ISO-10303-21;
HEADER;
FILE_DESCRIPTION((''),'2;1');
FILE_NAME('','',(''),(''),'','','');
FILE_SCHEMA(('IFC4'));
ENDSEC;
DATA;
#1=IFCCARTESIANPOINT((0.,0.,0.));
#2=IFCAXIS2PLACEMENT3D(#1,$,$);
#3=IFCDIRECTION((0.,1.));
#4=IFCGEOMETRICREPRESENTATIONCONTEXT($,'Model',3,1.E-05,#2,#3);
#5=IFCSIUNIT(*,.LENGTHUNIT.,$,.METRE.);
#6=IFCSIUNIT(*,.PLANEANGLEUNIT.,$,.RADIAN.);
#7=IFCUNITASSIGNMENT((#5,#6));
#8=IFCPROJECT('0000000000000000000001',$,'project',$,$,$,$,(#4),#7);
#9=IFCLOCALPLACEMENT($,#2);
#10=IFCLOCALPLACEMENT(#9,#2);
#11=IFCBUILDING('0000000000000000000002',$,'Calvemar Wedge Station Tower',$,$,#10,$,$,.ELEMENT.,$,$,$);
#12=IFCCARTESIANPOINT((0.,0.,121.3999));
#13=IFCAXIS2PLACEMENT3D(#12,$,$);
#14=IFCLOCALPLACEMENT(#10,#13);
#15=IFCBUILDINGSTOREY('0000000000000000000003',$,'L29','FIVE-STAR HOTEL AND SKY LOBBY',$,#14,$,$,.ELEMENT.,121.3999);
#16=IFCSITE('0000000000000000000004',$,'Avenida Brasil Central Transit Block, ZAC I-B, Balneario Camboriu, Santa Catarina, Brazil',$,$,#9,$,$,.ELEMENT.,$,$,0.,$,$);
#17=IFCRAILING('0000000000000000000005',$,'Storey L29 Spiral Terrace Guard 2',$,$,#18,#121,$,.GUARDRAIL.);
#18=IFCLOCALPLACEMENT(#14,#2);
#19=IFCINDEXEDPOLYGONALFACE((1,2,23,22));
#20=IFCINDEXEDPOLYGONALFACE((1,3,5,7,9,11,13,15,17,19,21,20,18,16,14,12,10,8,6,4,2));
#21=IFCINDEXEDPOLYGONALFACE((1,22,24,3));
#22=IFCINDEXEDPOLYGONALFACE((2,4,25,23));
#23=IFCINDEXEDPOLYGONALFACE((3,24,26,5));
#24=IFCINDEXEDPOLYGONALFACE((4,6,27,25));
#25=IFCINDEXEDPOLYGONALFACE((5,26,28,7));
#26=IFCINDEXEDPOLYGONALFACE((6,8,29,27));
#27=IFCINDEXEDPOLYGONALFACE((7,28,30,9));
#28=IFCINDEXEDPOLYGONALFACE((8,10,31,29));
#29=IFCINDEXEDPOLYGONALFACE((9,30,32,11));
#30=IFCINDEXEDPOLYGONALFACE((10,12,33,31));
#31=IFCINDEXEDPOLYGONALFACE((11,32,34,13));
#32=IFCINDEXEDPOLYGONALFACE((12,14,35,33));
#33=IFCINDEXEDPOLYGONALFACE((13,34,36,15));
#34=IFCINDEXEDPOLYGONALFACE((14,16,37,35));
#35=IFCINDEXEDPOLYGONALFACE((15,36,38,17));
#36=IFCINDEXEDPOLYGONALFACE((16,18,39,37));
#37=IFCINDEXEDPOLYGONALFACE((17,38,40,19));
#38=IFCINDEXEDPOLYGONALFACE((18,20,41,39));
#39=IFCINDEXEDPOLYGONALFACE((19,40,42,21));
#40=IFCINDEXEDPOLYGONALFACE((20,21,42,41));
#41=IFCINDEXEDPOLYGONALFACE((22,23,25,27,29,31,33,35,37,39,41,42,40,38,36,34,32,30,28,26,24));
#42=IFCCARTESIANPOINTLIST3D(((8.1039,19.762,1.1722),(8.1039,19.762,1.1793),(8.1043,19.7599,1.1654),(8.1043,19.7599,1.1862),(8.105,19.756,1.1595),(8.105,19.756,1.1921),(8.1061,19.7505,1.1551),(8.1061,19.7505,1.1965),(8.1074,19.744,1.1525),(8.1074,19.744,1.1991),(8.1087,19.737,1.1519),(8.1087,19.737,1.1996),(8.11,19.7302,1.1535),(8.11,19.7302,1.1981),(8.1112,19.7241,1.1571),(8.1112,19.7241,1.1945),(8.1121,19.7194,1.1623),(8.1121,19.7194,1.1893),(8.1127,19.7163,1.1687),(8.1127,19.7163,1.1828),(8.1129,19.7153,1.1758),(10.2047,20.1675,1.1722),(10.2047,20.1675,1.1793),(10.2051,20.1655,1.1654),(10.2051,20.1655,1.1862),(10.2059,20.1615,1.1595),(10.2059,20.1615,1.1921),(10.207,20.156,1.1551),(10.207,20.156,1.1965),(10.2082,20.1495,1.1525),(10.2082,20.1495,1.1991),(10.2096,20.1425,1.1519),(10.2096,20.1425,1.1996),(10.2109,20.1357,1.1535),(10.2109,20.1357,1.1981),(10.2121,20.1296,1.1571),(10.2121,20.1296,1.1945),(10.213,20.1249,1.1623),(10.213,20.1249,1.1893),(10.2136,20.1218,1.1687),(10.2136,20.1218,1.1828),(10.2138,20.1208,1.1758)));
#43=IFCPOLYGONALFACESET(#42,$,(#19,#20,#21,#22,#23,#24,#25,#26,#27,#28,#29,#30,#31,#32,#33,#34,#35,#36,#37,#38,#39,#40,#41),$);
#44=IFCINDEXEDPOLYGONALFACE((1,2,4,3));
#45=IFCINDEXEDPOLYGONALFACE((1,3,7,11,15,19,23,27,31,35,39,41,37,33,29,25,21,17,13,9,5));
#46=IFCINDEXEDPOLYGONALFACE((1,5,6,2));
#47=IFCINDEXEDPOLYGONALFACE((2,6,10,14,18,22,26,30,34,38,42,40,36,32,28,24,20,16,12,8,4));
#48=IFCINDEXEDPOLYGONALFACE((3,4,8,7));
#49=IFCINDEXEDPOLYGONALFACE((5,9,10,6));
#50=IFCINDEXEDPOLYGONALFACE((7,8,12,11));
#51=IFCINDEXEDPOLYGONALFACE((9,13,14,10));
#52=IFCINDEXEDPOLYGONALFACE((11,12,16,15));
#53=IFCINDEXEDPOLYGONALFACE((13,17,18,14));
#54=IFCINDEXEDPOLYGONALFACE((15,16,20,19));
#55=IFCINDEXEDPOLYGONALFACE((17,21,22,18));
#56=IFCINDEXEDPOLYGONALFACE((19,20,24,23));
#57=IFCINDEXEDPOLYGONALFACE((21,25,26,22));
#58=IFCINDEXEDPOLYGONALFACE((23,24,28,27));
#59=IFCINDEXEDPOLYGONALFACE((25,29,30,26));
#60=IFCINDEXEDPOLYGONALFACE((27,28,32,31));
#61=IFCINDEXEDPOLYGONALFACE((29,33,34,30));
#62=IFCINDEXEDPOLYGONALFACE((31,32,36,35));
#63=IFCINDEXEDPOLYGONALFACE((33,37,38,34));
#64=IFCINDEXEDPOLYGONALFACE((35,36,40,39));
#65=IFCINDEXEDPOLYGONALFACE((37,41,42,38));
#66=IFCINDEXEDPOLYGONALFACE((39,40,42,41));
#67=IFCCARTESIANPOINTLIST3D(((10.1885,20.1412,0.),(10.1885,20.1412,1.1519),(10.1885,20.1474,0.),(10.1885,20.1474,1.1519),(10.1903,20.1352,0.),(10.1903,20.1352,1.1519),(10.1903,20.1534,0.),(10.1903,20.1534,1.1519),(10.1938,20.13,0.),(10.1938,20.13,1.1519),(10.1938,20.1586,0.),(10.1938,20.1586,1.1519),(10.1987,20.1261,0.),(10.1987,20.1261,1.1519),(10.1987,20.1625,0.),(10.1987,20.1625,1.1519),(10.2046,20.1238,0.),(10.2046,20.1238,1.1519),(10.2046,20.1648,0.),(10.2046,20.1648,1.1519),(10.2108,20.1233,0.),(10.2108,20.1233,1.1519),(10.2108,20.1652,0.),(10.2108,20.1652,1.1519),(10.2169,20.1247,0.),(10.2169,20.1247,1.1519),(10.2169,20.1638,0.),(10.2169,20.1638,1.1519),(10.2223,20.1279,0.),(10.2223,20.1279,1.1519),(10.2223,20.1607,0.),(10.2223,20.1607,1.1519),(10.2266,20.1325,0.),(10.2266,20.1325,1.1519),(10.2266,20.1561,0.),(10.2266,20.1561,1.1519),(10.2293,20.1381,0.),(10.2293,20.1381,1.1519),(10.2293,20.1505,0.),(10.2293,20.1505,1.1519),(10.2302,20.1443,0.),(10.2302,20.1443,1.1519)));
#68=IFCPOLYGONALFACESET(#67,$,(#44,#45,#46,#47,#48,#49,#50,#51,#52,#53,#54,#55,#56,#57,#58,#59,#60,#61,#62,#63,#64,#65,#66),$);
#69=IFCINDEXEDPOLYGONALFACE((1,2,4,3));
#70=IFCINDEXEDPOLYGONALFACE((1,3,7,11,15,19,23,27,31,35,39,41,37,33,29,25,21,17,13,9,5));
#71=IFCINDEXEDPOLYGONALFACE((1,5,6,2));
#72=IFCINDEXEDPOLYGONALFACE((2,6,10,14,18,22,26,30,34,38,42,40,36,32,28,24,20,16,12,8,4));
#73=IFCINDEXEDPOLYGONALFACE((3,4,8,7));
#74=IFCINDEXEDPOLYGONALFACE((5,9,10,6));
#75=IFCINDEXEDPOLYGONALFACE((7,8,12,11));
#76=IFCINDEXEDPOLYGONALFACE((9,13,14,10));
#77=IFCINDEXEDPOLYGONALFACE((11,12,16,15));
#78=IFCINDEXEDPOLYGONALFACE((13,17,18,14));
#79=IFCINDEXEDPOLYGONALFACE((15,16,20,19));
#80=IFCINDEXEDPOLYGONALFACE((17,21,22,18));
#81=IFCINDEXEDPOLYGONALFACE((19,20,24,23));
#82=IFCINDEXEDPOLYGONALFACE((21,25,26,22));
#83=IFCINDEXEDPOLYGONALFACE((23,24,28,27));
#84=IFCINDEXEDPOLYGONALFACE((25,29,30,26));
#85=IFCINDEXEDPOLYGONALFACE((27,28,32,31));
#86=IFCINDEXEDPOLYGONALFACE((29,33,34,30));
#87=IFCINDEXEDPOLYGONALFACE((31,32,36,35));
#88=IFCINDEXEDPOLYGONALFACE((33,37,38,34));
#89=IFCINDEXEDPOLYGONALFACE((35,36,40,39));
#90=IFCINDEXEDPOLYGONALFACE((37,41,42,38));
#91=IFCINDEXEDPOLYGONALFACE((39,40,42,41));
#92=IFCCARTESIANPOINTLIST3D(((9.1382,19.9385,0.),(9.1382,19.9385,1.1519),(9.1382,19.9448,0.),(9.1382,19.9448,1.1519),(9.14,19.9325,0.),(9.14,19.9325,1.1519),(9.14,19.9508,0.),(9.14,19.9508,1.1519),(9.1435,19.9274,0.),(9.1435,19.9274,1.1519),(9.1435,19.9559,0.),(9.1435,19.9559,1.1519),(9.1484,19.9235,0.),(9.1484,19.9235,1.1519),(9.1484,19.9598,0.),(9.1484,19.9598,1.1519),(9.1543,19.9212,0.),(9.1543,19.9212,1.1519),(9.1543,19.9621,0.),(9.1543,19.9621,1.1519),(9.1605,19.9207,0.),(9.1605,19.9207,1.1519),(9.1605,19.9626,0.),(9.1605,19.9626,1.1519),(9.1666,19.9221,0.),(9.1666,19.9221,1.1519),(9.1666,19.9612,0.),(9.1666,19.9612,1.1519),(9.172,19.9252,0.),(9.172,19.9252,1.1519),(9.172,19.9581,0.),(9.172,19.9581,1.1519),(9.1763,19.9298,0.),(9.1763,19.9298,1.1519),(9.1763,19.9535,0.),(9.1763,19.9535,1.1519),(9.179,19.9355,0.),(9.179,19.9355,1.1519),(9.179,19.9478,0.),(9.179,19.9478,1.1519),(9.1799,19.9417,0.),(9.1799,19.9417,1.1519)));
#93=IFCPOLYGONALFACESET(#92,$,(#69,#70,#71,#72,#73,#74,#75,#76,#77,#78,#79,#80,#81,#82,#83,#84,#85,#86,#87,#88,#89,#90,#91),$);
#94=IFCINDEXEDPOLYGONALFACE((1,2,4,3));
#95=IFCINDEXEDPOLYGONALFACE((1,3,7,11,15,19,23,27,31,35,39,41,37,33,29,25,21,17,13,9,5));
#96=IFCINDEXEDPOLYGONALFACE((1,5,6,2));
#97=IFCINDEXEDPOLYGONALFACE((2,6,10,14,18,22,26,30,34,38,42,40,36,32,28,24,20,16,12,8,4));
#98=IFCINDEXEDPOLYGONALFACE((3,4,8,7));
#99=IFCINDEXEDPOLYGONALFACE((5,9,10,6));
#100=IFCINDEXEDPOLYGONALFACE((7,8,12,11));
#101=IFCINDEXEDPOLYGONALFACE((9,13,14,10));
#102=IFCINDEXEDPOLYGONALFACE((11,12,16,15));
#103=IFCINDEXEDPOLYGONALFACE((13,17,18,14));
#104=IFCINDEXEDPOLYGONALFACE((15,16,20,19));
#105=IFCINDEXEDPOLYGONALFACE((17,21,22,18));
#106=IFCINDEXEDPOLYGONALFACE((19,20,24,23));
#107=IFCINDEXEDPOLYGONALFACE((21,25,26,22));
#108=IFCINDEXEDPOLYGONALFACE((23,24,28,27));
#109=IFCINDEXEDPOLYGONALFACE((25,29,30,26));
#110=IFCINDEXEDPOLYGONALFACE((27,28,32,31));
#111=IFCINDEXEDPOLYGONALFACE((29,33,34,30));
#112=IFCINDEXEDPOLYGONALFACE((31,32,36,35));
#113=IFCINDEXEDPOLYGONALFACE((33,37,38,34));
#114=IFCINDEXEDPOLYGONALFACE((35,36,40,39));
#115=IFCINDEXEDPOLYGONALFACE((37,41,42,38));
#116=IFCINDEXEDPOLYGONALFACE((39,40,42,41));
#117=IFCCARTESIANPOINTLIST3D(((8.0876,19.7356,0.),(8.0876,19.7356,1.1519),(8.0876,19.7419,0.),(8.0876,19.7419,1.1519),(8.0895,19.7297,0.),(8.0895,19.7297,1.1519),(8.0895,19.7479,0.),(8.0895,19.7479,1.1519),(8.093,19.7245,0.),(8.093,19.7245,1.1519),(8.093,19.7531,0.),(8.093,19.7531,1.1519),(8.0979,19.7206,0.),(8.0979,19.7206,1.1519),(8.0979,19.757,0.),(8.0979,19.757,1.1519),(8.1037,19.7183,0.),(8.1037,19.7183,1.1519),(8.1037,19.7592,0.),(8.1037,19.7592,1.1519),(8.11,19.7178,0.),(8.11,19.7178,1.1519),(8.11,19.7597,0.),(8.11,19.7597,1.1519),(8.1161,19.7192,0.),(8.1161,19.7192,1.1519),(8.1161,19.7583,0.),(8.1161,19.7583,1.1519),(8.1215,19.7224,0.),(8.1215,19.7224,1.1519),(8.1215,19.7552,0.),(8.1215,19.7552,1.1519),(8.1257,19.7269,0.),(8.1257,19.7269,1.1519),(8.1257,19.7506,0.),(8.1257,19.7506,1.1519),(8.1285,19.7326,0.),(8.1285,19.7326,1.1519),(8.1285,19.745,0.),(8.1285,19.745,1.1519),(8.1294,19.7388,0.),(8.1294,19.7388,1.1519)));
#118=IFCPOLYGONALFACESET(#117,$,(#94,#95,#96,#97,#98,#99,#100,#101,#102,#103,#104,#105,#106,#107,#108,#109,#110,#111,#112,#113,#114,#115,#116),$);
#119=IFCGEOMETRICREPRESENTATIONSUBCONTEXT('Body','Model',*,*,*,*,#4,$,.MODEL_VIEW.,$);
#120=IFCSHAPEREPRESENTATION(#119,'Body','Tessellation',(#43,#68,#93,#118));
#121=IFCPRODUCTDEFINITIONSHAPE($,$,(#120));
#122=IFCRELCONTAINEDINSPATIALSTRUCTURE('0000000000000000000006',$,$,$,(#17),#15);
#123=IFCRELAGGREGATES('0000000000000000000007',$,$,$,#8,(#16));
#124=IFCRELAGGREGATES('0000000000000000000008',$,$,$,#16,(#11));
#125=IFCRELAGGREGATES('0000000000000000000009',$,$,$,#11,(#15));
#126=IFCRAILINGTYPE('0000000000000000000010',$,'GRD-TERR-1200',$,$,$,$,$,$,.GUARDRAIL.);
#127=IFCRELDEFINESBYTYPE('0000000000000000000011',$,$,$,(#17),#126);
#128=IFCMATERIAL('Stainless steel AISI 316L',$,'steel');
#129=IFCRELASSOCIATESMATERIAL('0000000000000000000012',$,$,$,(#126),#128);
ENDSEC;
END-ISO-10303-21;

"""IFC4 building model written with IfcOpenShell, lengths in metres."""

from ifc_helpers import new_model, si_unit, direction, frame, origin, origin_2d, place, context, subcontext, project, spatial, circle, extrude, material, type_object, element, save


model = new_model("IFC4")

# Units and contexts
model_context = context("Model", 3, precision=1e-05, world=origin(), true_north=direction((0.0, 1.0)))
body_context = subcontext(model_context, "Body", "Model", "MODEL_VIEW")
ifc_project = project(units=[si_unit("LENGTHUNIT", "METRE"), si_unit("PLANEANGLEUNIT", "RADIAN")], contexts=[model_context])

# Site, building, storey
site_placement = place(None, origin())
site = spatial("IfcSite", under=ifc_project, at=site_placement, Name="Avenida Brasil Central Transit Block, ZAC I-B, Balneario Camboriu, Santa Catarina, Brazil", CompositionType="ELEMENT", RefElevation=0.0)
building_placement = place(site_placement, origin())
building = spatial("IfcBuilding", under=site, at=building_placement, Name="Calvemar Wedge Station Tower", CompositionType="ELEMENT")
storey_placement = place(building_placement, frame((0.0, 0.0, 121.3999)))
storey = spatial("IfcBuildingStorey", under=building, at=storey_placement, Name="L29", Description="FIVE-STAR HOTEL AND SKY LOBBY", CompositionType="ELEMENT", Elevation=121.3999)

# Railing
ifc_material_1 = material(Name="Stainless steel AISI 316L", Category="steel")
railing_type = type_object("IfcRailingType", Name="GRD-TERR-1200", PredefinedType="GUARDRAIL", material=ifc_material_1)
railing_1_placement = place(storey_placement, frame((10.2092, 20.1443, 0.0)))
element("IfcRailing", 1, at=railing_1_placement, inside=storey, type_object=railing_type, Name="Storey L29 Spiral Terrace Guard 2", PredefinedType="GUARDRAIL", context=body_context, shape_type="SweptSolid", body=[
    extrude(circle(Radius=0.0239, at=origin_2d()), frame((0.0, 0.0, 1.1758), z_axis=(-0.981875, -0.189529, 0.0), x_axis=(0.189529, -0.981875, 0.0)), (0.0, 0.0, 1.0), 2.1396),
    extrude(circle(Radius=0.021, at=origin_2d()), origin(), (0.0, 0.0, 1.0), 1.1519),
    extrude(circle(Radius=0.021, at=origin_2d()), frame((-1.0503, -0.2026, 0.0)), (0.0, 0.0, 1.0), 1.1519),
    extrude(circle(Radius=0.021, at=origin_2d()), frame((-2.1008, -0.4055, 0.0)), (0.0, 0.0, 1.0), 1.1519),
])

save(model, "model.ifc")
